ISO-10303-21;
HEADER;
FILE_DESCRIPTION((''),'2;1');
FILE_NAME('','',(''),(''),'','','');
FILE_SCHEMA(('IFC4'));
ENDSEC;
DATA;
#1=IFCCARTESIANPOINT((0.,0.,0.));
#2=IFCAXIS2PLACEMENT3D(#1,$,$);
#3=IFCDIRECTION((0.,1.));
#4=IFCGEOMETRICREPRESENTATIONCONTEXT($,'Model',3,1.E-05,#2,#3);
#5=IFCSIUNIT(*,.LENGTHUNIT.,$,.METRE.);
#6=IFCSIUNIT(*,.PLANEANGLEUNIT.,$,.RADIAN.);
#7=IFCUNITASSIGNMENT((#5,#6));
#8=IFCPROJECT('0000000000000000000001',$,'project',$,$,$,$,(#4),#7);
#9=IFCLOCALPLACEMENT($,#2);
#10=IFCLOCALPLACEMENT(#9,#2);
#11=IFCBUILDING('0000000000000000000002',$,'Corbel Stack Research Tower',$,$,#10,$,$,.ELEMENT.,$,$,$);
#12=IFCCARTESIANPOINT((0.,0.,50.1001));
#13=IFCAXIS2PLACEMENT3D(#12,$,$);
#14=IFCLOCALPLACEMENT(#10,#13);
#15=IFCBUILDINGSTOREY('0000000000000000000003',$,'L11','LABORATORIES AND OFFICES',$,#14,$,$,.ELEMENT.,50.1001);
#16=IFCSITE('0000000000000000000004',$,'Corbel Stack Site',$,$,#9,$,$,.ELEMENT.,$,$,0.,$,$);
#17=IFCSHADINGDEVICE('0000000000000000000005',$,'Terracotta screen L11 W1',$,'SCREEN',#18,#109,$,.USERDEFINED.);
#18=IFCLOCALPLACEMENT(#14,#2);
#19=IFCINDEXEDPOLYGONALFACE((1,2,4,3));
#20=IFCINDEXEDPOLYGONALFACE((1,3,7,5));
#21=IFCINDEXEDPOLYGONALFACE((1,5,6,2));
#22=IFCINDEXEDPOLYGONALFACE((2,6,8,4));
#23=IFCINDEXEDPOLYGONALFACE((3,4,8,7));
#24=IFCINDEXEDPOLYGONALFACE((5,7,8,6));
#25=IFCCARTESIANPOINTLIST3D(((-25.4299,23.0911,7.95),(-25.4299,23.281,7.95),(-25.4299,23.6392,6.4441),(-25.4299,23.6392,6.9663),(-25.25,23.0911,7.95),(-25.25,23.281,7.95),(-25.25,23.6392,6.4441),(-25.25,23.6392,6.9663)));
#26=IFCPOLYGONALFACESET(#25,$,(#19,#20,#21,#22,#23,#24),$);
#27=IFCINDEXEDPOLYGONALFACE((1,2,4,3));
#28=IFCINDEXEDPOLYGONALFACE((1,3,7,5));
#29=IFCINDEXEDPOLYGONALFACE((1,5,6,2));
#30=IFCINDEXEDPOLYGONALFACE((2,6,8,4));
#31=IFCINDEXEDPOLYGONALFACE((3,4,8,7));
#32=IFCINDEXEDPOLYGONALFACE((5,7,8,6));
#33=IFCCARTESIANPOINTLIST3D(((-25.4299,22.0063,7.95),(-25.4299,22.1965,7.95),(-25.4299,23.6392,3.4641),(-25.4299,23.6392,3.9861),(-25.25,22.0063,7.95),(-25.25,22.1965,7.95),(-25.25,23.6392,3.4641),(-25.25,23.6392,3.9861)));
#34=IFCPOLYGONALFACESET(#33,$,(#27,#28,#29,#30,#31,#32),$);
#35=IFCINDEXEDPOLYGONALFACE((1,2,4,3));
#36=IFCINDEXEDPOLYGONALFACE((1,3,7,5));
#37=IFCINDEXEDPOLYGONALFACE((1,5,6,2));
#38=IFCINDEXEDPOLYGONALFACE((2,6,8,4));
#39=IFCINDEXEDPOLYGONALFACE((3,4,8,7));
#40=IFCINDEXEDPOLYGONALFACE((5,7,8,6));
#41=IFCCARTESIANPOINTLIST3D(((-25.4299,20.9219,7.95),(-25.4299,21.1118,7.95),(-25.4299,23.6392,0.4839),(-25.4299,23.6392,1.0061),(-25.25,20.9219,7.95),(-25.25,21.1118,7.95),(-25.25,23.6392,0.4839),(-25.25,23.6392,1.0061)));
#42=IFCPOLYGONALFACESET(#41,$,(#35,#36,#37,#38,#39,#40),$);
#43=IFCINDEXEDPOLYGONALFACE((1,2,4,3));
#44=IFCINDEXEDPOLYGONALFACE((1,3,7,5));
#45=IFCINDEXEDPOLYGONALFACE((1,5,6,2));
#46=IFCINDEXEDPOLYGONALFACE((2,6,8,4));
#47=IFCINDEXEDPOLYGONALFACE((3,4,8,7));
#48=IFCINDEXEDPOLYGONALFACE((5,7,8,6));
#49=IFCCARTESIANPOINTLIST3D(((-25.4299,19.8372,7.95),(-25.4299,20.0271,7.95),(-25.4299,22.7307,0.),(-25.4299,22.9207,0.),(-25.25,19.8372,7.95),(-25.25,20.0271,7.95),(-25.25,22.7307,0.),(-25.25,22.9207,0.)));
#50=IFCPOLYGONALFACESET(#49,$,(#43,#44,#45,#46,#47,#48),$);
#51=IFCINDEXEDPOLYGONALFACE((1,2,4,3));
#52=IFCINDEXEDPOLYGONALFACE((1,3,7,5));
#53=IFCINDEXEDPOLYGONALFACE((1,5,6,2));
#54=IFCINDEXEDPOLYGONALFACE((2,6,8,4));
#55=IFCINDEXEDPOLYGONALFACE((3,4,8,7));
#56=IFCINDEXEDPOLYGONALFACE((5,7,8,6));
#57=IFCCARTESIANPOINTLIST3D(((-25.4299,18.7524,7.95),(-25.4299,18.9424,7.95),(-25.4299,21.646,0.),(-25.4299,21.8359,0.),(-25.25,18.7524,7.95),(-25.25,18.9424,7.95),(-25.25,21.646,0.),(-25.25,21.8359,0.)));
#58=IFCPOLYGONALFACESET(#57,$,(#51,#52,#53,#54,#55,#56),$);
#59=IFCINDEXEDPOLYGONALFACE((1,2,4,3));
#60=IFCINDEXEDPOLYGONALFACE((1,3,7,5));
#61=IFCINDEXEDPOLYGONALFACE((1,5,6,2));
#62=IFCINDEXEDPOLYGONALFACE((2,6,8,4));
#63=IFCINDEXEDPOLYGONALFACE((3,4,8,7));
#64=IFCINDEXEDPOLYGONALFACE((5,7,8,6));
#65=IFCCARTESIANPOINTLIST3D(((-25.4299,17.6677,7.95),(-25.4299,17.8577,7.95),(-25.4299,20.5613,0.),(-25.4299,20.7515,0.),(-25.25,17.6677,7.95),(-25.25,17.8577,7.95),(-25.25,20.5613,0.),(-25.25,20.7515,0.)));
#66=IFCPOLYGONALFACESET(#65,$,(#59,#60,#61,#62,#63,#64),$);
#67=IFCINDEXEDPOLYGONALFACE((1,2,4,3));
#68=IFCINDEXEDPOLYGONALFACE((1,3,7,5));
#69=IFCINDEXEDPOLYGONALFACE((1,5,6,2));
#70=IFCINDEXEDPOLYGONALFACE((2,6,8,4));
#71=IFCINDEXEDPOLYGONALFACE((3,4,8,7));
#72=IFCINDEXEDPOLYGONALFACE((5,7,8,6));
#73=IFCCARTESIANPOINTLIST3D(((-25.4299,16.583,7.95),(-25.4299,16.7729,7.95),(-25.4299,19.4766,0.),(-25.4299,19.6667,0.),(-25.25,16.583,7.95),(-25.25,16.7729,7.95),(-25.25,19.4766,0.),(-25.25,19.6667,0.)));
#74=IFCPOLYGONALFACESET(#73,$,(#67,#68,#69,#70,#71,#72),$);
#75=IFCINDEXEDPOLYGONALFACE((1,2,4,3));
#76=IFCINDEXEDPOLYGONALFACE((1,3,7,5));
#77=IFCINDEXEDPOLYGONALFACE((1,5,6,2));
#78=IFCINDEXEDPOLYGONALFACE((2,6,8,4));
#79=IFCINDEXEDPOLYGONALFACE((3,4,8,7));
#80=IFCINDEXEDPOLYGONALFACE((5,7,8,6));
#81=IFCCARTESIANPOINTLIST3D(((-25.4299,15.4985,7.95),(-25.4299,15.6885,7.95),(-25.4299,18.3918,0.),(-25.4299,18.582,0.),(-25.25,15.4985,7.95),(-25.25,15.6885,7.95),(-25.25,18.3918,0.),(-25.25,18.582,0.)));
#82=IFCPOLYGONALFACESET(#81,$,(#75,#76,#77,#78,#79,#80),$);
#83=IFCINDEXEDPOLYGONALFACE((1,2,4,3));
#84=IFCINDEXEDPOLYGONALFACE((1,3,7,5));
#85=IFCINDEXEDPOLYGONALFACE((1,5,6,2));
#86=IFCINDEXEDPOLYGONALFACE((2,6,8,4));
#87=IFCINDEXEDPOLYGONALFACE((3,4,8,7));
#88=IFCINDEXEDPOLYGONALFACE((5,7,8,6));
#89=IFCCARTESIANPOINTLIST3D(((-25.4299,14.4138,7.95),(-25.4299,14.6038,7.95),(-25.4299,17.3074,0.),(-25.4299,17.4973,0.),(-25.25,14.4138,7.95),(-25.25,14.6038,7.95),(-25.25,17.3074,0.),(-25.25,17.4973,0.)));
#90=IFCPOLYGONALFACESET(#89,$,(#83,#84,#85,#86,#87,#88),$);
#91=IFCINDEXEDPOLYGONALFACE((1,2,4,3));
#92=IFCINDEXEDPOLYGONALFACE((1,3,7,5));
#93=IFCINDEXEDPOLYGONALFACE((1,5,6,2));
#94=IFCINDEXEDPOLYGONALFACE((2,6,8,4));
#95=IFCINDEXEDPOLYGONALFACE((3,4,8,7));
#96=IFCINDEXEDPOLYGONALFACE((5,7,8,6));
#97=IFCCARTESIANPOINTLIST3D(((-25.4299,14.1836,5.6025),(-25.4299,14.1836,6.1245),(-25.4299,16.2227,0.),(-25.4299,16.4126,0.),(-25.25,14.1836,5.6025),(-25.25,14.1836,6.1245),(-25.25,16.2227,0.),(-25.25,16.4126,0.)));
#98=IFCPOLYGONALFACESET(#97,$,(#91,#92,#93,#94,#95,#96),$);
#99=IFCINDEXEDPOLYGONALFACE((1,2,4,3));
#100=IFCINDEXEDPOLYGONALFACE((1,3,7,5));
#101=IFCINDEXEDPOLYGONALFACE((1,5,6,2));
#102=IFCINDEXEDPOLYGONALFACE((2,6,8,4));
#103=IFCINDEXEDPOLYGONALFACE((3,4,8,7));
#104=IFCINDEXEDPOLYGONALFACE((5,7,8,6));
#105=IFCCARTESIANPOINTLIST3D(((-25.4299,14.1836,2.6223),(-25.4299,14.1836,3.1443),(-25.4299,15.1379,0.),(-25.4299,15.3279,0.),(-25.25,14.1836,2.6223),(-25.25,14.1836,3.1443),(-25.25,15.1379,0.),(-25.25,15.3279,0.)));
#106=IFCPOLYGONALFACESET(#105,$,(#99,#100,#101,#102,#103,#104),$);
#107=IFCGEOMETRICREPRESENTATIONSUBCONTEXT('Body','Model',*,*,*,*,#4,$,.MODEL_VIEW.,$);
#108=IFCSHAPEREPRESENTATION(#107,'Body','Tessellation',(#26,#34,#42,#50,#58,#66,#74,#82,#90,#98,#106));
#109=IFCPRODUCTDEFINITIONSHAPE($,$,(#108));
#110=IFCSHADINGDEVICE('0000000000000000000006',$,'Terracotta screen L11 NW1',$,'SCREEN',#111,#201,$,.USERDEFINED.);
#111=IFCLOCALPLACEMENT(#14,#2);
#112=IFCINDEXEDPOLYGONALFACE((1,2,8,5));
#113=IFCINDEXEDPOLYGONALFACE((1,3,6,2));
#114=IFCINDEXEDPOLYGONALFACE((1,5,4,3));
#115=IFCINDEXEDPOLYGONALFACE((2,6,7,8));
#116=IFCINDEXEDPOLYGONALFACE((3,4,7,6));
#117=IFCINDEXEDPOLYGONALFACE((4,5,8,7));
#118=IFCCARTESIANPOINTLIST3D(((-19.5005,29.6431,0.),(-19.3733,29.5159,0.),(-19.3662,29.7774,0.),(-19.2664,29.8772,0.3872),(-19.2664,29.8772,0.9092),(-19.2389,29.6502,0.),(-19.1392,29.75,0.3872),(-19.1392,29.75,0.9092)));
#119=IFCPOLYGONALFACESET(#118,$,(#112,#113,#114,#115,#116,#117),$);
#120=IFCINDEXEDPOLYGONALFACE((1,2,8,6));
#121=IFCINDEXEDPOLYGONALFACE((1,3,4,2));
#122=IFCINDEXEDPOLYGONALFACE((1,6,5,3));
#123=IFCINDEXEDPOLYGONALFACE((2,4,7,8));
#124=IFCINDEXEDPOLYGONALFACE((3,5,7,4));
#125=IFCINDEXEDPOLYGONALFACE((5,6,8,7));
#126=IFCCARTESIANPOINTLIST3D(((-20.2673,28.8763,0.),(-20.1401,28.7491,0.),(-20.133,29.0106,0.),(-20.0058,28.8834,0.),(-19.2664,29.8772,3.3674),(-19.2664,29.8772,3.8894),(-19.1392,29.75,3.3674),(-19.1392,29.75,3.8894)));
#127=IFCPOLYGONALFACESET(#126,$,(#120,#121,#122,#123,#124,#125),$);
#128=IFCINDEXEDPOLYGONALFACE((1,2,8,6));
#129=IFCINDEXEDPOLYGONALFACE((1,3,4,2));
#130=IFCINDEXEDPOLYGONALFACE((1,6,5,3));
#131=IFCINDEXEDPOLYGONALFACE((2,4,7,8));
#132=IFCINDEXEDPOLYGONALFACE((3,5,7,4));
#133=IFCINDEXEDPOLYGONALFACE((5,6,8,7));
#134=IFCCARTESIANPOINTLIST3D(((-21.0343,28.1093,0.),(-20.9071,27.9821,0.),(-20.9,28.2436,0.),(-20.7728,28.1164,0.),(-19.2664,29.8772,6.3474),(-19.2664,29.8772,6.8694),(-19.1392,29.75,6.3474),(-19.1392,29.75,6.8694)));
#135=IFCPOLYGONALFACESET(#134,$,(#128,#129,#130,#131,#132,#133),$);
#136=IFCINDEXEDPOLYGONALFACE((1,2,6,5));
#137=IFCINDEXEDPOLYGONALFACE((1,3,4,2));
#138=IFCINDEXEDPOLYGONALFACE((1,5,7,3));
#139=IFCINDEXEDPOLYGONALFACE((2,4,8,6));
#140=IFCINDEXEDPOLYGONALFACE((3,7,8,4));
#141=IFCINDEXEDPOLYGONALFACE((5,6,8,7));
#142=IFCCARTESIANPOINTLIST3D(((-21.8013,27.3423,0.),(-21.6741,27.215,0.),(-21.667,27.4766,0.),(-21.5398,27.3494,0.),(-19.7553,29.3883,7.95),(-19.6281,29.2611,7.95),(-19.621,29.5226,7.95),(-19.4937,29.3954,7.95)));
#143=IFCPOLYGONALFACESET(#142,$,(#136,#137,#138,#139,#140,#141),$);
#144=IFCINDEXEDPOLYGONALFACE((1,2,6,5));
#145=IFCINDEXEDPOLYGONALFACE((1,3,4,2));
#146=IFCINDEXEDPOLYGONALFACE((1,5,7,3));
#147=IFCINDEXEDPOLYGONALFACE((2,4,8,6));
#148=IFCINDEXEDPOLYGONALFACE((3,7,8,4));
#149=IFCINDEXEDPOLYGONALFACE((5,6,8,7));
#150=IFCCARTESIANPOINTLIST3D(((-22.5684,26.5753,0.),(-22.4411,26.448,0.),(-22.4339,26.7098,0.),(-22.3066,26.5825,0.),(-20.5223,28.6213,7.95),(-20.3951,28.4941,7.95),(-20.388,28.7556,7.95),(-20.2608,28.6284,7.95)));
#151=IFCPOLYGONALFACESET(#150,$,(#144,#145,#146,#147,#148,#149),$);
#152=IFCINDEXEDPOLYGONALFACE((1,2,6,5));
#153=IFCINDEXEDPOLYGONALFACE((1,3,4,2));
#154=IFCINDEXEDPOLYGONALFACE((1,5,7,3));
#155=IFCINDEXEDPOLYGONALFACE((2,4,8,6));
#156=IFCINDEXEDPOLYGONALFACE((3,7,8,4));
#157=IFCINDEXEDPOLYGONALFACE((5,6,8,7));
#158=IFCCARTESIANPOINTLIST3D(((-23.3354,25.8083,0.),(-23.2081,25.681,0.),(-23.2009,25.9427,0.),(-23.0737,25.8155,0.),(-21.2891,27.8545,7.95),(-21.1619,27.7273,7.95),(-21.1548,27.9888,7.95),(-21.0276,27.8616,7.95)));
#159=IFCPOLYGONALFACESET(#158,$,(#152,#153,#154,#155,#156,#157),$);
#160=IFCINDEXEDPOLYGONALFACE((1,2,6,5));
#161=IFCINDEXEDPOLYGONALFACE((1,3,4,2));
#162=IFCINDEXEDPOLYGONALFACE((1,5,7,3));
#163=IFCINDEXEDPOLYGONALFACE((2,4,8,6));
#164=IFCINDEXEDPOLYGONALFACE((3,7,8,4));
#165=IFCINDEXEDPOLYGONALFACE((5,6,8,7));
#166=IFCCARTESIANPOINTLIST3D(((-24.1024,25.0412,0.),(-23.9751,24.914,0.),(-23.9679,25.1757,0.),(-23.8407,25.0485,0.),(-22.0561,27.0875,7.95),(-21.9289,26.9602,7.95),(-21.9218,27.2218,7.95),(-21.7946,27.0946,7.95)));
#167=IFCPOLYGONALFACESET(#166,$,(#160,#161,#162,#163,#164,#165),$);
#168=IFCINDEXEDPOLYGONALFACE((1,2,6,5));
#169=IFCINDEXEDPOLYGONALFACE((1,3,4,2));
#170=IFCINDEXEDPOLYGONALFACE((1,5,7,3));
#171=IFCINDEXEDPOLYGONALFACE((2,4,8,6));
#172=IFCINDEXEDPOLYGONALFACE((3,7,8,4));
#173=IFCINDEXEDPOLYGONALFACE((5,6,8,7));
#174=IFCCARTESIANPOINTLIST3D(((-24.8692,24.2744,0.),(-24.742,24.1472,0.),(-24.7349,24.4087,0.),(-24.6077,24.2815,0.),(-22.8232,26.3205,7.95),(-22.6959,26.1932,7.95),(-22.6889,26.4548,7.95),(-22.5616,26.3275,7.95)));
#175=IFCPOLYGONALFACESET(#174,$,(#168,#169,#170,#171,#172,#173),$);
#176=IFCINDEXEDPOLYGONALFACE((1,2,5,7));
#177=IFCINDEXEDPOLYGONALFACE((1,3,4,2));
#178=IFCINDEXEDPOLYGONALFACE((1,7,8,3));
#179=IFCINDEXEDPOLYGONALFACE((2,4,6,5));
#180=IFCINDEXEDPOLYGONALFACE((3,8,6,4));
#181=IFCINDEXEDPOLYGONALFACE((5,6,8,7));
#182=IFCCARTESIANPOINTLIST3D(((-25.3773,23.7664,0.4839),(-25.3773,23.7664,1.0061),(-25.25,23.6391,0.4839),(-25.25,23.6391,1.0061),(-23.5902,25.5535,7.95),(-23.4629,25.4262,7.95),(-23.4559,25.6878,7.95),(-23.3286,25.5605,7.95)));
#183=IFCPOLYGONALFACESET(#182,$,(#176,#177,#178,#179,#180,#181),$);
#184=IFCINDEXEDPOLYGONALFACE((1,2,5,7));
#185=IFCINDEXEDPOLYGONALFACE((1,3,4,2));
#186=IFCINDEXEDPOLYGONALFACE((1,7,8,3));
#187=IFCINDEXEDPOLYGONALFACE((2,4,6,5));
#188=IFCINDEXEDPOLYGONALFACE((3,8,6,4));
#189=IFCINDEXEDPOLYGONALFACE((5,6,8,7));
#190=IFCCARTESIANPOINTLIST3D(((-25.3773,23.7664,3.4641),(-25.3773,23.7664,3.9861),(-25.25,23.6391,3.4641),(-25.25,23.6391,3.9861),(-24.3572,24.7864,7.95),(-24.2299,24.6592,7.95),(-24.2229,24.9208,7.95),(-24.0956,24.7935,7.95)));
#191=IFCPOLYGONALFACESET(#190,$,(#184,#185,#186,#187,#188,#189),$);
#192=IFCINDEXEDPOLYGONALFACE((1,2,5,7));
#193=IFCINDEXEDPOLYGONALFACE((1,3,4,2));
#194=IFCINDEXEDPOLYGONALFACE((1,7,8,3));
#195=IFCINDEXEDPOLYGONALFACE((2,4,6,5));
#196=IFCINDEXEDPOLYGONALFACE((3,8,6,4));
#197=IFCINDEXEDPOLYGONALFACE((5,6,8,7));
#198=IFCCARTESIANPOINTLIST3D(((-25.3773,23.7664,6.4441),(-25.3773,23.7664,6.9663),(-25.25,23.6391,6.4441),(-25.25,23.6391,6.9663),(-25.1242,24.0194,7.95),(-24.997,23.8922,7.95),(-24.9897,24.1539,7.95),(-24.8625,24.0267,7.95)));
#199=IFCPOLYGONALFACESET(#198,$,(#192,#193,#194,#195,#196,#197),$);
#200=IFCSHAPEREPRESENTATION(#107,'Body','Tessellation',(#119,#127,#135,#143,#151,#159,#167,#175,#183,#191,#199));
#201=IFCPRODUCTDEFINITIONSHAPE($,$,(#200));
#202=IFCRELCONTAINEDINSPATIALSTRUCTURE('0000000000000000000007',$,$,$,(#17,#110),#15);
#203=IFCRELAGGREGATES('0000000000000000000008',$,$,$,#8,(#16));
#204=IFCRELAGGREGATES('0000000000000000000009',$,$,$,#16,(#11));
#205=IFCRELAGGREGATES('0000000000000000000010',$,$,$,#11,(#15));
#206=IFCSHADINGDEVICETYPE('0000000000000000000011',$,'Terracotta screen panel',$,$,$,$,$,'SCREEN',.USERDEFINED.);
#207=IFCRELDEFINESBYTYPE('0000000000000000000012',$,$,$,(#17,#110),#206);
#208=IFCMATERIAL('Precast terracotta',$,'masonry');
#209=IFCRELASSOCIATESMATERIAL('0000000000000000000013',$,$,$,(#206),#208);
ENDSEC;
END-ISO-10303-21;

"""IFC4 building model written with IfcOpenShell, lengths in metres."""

from ifc_helpers import new_model, si_unit, direction, frame, origin, place, context, subcontext, project, spatial, polyline, outline, extrude, source, transform, mapped, material, type_object, element, save


model = new_model("IFC4")

# Units and contexts
model_context = context("Model", 3, precision=1e-05, world=origin(), true_north=direction((0.0, 1.0)))
body_context = subcontext(model_context, "Body", "Model", "MODEL_VIEW")
ifc_project = project(units=[si_unit("LENGTHUNIT", "METRE"), si_unit("PLANEANGLEUNIT", "RADIAN")], contexts=[model_context])

# Site, building, storey
site_placement = place(None, origin())
site = spatial("IfcSite", under=ifc_project, at=site_placement, Name="Corbel Stack Site", CompositionType="ELEMENT", RefElevation=0.0)
building_placement = place(site_placement, origin())
building = spatial("IfcBuilding", under=site, at=building_placement, Name="Corbel Stack Research Tower", CompositionType="ELEMENT")
storey_placement = place(building_placement, frame((0.0, 0.0, 50.1001)))
storey = spatial("IfcBuildingStorey", under=building, at=storey_placement, Name="L11", Description="LABORATORIES AND OFFICES", CompositionType="ELEMENT", Elevation=50.1001)

# Shading devices
ifc_material_1 = material(Name="Precast terracotta", Category="masonry")
shading_device_type = type_object("IfcShadingDeviceType", Name="Terracotta screen panel", ElementType="SCREEN", PredefinedType="USERDEFINED", material=ifc_material_1)
shared_shape_1 = source(origin(), body_context, "Body", "SweptSolid", [
    extrude(outline(polyline([(0.5481, 7.95), (0.3582, 7.95), (0.0, 6.9663), (0.0, 6.4441), (0.5481, 7.95)])), frame((0.0, 0.0, 0.0), z_axis=(0.0, -1.0, 0.0), x_axis=(1.0, 0.0, 0.0)), (0.0, 0.0, 1.0), 0.1799),
    extrude(outline(polyline([(1.6328, 7.95), (1.4426, 7.95), (0.0, 3.9861), (0.0, 3.4641), (1.6328, 7.95)])), frame((0.0, 0.0, 0.0), z_axis=(0.0, -1.0, 0.0), x_axis=(1.0, 0.0, 0.0)), (0.0, 0.0, 1.0), 0.1799),
    extrude(outline(polyline([(2.7173, 7.95), (2.5273, 7.95), (0.0, 1.0061), (0.0, 0.4839), (2.7173, 7.95)])), frame((0.0, 0.0, 0.0), z_axis=(0.0, -1.0, 0.0), x_axis=(1.0, 0.0, 0.0)), (0.0, 0.0, 1.0), 0.1799),
    extrude(outline(polyline([(0.9084, 0.0), (3.802, 7.95), (3.6121, 7.95), (0.7185, 0.0), (0.9084, 0.0)])), frame((0.0, 0.0, 0.0), z_axis=(0.0, -1.0, 0.0), x_axis=(1.0, 0.0, 0.0)), (0.0, 0.0, 1.0), 0.1799),
    extrude(outline(polyline([(1.9932, 0.0), (4.8867, 7.95), (4.6968, 7.95), (1.8032, 0.0), (1.9932, 0.0)])), frame((0.0, 0.0, 0.0), z_axis=(0.0, -1.0, 0.0), x_axis=(1.0, 0.0, 0.0)), (0.0, 0.0, 1.0), 0.1799),
    extrude(outline(polyline([(3.0779, 0.0), (5.9714, 7.95), (5.7815, 7.95), (2.8877, 0.0), (3.0779, 0.0)])), frame((0.0, 0.0, 0.0), z_axis=(0.0, -1.0, 0.0), x_axis=(1.0, 0.0, 0.0)), (0.0, 0.0, 1.0), 0.1799),
    extrude(outline(polyline([(4.1626, 0.0), (7.0562, 7.95), (6.8662, 7.95), (3.9724, 0.0), (4.1626, 0.0)])), frame((0.0, 0.0, 0.0), z_axis=(0.0, -1.0, 0.0), x_axis=(1.0, 0.0, 0.0)), (0.0, 0.0, 1.0), 0.1799),
    extrude(outline(polyline([(5.2473, 0.0), (8.1406, 7.95), (7.9507, 7.95), (5.0571, 0.0), (5.2473, 0.0)])), frame((0.0, 0.0, 0.0), z_axis=(0.0, -1.0, 0.0), x_axis=(1.0, 0.0, 0.0)), (0.0, 0.0, 1.0), 0.1799),
    extrude(outline(polyline([(6.3318, 0.0), (9.2253, 7.95), (9.0354, 7.95), (6.1418, 0.0), (6.3318, 0.0)])), frame((0.0, 0.0, 0.0), z_axis=(0.0, -1.0, 0.0), x_axis=(1.0, 0.0, 0.0)), (0.0, 0.0, 1.0), 0.1799),
    extrude(outline(polyline([(7.4165, 0.0), (9.4556, 5.6025), (9.4556, 6.1245), (7.2266, 0.0), (7.4165, 0.0)])), frame((0.0, 0.0, 0.0), z_axis=(0.0, -1.0, 0.0), x_axis=(1.0, 0.0, 0.0)), (0.0, 0.0, 1.0), 0.1799),
    extrude(outline(polyline([(8.5012, 0.0), (9.4556, 2.6223), (9.4556, 3.1443), (8.3113, 0.0), (8.5012, 0.0)])), frame((0.0, 0.0, 0.0), z_axis=(0.0, -1.0, 0.0), x_axis=(1.0, 0.0, 0.0)), (0.0, 0.0, 1.0), 0.1799),
])
shading_device_1_placement = place(storey_placement, frame((-25.25, 23.6392, 0.0), z_axis=(0.0, 0.0, 1.0), x_axis=(0.0, -1.0, 0.0)))
element("IfcShadingDevice", 1, at=shading_device_1_placement, inside=storey, type_object=shading_device_type, Name="Terracotta screen L11 W1", ObjectType="SCREEN", PredefinedType="USERDEFINED", context=body_context, shape_type="MappedRepresentation", body=[
    mapped(shared_shape_1, transform((0.0, 0.0, 0.0))),
])
shared_shape_2 = source(origin(), body_context, "Body", "SweptSolid", [
    extrude(outline(polyline([(0.3311, 0.0), (0.0, 0.9092), (0.0, 0.3872), (0.1411, 0.0), (0.3311, 0.0)])), frame((0.0, 0.0, 0.0), z_axis=(0.0, -1.0, 0.0), x_axis=(1.0, 0.0, 0.0)), (0.0, 0.0, 1.0), 0.1799),
    extrude(outline(polyline([(1.4155, 0.0), (0.0, 3.8894), (0.0, 3.3674), (1.2256, 0.0), (1.4155, 0.0)])), frame((0.0, 0.0, 0.0), z_axis=(0.0, -1.0, 0.0), x_axis=(1.0, 0.0, 0.0)), (0.0, 0.0, 1.0), 0.1799),
    extrude(outline(polyline([(2.5002, 0.0), (0.0, 6.8694), (0.0, 6.3474), (2.3103, 0.0), (2.5002, 0.0)])), frame((0.0, 0.0, 0.0), z_axis=(0.0, -1.0, 0.0), x_axis=(1.0, 0.0, 0.0)), (0.0, 0.0, 1.0), 0.1799),
    extrude(outline(polyline([(3.585, 0.0), (0.6914, 7.95), (0.5015, 7.95), (3.395, 0.0), (3.585, 0.0)])), frame((0.0, 0.0, 0.0), z_axis=(0.0, -1.0, 0.0), x_axis=(1.0, 0.0, 0.0)), (0.0, 0.0, 1.0), 0.1799),
    extrude(outline(polyline([(4.6697, 0.0), (1.7761, 7.95), (1.5862, 7.95), (4.4795, 0.0), (4.6697, 0.0)])), frame((0.0, 0.0, 0.0), z_axis=(0.0, -1.0, 0.0), x_axis=(1.0, 0.0, 0.0)), (0.0, 0.0, 1.0), 0.1799),
    extrude(outline(polyline([(5.7544, 0.0), (2.8606, 7.95), (2.6707, 7.95), (5.5642, 0.0), (5.7544, 0.0)])), frame((0.0, 0.0, 0.0), z_axis=(0.0, -1.0, 0.0), x_axis=(1.0, 0.0, 0.0)), (0.0, 0.0, 1.0), 0.1799),
    extrude(outline(polyline([(6.8391, 0.0), (3.9453, 7.95), (3.7554, 7.95), (6.6489, 0.0), (6.8391, 0.0)])), frame((0.0, 0.0, 0.0), z_axis=(0.0, -1.0, 0.0), x_axis=(1.0, 0.0, 0.0)), (0.0, 0.0, 1.0), 0.1799),
    extrude(outline(polyline([(7.9236, 0.0), (5.03, 7.95), (4.8401, 7.95), (7.7336, 0.0), (7.9236, 0.0)])), frame((0.0, 0.0, 0.0), z_axis=(0.0, -1.0, 0.0), x_axis=(1.0, 0.0, 0.0)), (0.0, 0.0, 1.0), 0.1799),
    extrude(outline(polyline([(6.1147, 7.95), (5.9248, 7.95), (8.6421, 0.4839), (8.6421, 1.0061), (6.1147, 7.95)])), frame((0.0, 0.0, 0.0), z_axis=(0.0, -1.0, 0.0), x_axis=(1.0, 0.0, 0.0)), (0.0, 0.0, 1.0), 0.1799),
    extrude(outline(polyline([(7.1995, 7.95), (7.0095, 7.95), (8.6421, 3.4641), (8.6421, 3.9861), (7.1995, 7.95)])), frame((0.0, 0.0, 0.0), z_axis=(0.0, -1.0, 0.0), x_axis=(1.0, 0.0, 0.0)), (0.0, 0.0, 1.0), 0.1799),
    extrude(outline(polyline([(8.2842, 7.95), (8.094, 7.95), (8.6421, 6.4441), (8.6421, 6.9663), (8.2842, 7.95)])), frame((0.0, 0.0, 0.0), z_axis=(0.0, -1.0, 0.0), x_axis=(1.0, 0.0, 0.0)), (0.0, 0.0, 1.0), 0.1799),
])
shading_device_2_placement = place(storey_placement, frame((-19.1392, 29.75, 0.0), z_axis=(0.0, 0.0, 1.0), x_axis=(-0.707107, -0.707107, 0.0)))
element("IfcShadingDevice", 2, at=shading_device_2_placement, inside=storey, type_object=shading_device_type, Name="Terracotta screen L11 NW1", ObjectType="SCREEN", PredefinedType="USERDEFINED", context=body_context, shape_type="MappedRepresentation", body=[
    mapped(shared_shape_2, transform((0.0, 0.0, 0.0))),
])

save(model, "model.ifc")
